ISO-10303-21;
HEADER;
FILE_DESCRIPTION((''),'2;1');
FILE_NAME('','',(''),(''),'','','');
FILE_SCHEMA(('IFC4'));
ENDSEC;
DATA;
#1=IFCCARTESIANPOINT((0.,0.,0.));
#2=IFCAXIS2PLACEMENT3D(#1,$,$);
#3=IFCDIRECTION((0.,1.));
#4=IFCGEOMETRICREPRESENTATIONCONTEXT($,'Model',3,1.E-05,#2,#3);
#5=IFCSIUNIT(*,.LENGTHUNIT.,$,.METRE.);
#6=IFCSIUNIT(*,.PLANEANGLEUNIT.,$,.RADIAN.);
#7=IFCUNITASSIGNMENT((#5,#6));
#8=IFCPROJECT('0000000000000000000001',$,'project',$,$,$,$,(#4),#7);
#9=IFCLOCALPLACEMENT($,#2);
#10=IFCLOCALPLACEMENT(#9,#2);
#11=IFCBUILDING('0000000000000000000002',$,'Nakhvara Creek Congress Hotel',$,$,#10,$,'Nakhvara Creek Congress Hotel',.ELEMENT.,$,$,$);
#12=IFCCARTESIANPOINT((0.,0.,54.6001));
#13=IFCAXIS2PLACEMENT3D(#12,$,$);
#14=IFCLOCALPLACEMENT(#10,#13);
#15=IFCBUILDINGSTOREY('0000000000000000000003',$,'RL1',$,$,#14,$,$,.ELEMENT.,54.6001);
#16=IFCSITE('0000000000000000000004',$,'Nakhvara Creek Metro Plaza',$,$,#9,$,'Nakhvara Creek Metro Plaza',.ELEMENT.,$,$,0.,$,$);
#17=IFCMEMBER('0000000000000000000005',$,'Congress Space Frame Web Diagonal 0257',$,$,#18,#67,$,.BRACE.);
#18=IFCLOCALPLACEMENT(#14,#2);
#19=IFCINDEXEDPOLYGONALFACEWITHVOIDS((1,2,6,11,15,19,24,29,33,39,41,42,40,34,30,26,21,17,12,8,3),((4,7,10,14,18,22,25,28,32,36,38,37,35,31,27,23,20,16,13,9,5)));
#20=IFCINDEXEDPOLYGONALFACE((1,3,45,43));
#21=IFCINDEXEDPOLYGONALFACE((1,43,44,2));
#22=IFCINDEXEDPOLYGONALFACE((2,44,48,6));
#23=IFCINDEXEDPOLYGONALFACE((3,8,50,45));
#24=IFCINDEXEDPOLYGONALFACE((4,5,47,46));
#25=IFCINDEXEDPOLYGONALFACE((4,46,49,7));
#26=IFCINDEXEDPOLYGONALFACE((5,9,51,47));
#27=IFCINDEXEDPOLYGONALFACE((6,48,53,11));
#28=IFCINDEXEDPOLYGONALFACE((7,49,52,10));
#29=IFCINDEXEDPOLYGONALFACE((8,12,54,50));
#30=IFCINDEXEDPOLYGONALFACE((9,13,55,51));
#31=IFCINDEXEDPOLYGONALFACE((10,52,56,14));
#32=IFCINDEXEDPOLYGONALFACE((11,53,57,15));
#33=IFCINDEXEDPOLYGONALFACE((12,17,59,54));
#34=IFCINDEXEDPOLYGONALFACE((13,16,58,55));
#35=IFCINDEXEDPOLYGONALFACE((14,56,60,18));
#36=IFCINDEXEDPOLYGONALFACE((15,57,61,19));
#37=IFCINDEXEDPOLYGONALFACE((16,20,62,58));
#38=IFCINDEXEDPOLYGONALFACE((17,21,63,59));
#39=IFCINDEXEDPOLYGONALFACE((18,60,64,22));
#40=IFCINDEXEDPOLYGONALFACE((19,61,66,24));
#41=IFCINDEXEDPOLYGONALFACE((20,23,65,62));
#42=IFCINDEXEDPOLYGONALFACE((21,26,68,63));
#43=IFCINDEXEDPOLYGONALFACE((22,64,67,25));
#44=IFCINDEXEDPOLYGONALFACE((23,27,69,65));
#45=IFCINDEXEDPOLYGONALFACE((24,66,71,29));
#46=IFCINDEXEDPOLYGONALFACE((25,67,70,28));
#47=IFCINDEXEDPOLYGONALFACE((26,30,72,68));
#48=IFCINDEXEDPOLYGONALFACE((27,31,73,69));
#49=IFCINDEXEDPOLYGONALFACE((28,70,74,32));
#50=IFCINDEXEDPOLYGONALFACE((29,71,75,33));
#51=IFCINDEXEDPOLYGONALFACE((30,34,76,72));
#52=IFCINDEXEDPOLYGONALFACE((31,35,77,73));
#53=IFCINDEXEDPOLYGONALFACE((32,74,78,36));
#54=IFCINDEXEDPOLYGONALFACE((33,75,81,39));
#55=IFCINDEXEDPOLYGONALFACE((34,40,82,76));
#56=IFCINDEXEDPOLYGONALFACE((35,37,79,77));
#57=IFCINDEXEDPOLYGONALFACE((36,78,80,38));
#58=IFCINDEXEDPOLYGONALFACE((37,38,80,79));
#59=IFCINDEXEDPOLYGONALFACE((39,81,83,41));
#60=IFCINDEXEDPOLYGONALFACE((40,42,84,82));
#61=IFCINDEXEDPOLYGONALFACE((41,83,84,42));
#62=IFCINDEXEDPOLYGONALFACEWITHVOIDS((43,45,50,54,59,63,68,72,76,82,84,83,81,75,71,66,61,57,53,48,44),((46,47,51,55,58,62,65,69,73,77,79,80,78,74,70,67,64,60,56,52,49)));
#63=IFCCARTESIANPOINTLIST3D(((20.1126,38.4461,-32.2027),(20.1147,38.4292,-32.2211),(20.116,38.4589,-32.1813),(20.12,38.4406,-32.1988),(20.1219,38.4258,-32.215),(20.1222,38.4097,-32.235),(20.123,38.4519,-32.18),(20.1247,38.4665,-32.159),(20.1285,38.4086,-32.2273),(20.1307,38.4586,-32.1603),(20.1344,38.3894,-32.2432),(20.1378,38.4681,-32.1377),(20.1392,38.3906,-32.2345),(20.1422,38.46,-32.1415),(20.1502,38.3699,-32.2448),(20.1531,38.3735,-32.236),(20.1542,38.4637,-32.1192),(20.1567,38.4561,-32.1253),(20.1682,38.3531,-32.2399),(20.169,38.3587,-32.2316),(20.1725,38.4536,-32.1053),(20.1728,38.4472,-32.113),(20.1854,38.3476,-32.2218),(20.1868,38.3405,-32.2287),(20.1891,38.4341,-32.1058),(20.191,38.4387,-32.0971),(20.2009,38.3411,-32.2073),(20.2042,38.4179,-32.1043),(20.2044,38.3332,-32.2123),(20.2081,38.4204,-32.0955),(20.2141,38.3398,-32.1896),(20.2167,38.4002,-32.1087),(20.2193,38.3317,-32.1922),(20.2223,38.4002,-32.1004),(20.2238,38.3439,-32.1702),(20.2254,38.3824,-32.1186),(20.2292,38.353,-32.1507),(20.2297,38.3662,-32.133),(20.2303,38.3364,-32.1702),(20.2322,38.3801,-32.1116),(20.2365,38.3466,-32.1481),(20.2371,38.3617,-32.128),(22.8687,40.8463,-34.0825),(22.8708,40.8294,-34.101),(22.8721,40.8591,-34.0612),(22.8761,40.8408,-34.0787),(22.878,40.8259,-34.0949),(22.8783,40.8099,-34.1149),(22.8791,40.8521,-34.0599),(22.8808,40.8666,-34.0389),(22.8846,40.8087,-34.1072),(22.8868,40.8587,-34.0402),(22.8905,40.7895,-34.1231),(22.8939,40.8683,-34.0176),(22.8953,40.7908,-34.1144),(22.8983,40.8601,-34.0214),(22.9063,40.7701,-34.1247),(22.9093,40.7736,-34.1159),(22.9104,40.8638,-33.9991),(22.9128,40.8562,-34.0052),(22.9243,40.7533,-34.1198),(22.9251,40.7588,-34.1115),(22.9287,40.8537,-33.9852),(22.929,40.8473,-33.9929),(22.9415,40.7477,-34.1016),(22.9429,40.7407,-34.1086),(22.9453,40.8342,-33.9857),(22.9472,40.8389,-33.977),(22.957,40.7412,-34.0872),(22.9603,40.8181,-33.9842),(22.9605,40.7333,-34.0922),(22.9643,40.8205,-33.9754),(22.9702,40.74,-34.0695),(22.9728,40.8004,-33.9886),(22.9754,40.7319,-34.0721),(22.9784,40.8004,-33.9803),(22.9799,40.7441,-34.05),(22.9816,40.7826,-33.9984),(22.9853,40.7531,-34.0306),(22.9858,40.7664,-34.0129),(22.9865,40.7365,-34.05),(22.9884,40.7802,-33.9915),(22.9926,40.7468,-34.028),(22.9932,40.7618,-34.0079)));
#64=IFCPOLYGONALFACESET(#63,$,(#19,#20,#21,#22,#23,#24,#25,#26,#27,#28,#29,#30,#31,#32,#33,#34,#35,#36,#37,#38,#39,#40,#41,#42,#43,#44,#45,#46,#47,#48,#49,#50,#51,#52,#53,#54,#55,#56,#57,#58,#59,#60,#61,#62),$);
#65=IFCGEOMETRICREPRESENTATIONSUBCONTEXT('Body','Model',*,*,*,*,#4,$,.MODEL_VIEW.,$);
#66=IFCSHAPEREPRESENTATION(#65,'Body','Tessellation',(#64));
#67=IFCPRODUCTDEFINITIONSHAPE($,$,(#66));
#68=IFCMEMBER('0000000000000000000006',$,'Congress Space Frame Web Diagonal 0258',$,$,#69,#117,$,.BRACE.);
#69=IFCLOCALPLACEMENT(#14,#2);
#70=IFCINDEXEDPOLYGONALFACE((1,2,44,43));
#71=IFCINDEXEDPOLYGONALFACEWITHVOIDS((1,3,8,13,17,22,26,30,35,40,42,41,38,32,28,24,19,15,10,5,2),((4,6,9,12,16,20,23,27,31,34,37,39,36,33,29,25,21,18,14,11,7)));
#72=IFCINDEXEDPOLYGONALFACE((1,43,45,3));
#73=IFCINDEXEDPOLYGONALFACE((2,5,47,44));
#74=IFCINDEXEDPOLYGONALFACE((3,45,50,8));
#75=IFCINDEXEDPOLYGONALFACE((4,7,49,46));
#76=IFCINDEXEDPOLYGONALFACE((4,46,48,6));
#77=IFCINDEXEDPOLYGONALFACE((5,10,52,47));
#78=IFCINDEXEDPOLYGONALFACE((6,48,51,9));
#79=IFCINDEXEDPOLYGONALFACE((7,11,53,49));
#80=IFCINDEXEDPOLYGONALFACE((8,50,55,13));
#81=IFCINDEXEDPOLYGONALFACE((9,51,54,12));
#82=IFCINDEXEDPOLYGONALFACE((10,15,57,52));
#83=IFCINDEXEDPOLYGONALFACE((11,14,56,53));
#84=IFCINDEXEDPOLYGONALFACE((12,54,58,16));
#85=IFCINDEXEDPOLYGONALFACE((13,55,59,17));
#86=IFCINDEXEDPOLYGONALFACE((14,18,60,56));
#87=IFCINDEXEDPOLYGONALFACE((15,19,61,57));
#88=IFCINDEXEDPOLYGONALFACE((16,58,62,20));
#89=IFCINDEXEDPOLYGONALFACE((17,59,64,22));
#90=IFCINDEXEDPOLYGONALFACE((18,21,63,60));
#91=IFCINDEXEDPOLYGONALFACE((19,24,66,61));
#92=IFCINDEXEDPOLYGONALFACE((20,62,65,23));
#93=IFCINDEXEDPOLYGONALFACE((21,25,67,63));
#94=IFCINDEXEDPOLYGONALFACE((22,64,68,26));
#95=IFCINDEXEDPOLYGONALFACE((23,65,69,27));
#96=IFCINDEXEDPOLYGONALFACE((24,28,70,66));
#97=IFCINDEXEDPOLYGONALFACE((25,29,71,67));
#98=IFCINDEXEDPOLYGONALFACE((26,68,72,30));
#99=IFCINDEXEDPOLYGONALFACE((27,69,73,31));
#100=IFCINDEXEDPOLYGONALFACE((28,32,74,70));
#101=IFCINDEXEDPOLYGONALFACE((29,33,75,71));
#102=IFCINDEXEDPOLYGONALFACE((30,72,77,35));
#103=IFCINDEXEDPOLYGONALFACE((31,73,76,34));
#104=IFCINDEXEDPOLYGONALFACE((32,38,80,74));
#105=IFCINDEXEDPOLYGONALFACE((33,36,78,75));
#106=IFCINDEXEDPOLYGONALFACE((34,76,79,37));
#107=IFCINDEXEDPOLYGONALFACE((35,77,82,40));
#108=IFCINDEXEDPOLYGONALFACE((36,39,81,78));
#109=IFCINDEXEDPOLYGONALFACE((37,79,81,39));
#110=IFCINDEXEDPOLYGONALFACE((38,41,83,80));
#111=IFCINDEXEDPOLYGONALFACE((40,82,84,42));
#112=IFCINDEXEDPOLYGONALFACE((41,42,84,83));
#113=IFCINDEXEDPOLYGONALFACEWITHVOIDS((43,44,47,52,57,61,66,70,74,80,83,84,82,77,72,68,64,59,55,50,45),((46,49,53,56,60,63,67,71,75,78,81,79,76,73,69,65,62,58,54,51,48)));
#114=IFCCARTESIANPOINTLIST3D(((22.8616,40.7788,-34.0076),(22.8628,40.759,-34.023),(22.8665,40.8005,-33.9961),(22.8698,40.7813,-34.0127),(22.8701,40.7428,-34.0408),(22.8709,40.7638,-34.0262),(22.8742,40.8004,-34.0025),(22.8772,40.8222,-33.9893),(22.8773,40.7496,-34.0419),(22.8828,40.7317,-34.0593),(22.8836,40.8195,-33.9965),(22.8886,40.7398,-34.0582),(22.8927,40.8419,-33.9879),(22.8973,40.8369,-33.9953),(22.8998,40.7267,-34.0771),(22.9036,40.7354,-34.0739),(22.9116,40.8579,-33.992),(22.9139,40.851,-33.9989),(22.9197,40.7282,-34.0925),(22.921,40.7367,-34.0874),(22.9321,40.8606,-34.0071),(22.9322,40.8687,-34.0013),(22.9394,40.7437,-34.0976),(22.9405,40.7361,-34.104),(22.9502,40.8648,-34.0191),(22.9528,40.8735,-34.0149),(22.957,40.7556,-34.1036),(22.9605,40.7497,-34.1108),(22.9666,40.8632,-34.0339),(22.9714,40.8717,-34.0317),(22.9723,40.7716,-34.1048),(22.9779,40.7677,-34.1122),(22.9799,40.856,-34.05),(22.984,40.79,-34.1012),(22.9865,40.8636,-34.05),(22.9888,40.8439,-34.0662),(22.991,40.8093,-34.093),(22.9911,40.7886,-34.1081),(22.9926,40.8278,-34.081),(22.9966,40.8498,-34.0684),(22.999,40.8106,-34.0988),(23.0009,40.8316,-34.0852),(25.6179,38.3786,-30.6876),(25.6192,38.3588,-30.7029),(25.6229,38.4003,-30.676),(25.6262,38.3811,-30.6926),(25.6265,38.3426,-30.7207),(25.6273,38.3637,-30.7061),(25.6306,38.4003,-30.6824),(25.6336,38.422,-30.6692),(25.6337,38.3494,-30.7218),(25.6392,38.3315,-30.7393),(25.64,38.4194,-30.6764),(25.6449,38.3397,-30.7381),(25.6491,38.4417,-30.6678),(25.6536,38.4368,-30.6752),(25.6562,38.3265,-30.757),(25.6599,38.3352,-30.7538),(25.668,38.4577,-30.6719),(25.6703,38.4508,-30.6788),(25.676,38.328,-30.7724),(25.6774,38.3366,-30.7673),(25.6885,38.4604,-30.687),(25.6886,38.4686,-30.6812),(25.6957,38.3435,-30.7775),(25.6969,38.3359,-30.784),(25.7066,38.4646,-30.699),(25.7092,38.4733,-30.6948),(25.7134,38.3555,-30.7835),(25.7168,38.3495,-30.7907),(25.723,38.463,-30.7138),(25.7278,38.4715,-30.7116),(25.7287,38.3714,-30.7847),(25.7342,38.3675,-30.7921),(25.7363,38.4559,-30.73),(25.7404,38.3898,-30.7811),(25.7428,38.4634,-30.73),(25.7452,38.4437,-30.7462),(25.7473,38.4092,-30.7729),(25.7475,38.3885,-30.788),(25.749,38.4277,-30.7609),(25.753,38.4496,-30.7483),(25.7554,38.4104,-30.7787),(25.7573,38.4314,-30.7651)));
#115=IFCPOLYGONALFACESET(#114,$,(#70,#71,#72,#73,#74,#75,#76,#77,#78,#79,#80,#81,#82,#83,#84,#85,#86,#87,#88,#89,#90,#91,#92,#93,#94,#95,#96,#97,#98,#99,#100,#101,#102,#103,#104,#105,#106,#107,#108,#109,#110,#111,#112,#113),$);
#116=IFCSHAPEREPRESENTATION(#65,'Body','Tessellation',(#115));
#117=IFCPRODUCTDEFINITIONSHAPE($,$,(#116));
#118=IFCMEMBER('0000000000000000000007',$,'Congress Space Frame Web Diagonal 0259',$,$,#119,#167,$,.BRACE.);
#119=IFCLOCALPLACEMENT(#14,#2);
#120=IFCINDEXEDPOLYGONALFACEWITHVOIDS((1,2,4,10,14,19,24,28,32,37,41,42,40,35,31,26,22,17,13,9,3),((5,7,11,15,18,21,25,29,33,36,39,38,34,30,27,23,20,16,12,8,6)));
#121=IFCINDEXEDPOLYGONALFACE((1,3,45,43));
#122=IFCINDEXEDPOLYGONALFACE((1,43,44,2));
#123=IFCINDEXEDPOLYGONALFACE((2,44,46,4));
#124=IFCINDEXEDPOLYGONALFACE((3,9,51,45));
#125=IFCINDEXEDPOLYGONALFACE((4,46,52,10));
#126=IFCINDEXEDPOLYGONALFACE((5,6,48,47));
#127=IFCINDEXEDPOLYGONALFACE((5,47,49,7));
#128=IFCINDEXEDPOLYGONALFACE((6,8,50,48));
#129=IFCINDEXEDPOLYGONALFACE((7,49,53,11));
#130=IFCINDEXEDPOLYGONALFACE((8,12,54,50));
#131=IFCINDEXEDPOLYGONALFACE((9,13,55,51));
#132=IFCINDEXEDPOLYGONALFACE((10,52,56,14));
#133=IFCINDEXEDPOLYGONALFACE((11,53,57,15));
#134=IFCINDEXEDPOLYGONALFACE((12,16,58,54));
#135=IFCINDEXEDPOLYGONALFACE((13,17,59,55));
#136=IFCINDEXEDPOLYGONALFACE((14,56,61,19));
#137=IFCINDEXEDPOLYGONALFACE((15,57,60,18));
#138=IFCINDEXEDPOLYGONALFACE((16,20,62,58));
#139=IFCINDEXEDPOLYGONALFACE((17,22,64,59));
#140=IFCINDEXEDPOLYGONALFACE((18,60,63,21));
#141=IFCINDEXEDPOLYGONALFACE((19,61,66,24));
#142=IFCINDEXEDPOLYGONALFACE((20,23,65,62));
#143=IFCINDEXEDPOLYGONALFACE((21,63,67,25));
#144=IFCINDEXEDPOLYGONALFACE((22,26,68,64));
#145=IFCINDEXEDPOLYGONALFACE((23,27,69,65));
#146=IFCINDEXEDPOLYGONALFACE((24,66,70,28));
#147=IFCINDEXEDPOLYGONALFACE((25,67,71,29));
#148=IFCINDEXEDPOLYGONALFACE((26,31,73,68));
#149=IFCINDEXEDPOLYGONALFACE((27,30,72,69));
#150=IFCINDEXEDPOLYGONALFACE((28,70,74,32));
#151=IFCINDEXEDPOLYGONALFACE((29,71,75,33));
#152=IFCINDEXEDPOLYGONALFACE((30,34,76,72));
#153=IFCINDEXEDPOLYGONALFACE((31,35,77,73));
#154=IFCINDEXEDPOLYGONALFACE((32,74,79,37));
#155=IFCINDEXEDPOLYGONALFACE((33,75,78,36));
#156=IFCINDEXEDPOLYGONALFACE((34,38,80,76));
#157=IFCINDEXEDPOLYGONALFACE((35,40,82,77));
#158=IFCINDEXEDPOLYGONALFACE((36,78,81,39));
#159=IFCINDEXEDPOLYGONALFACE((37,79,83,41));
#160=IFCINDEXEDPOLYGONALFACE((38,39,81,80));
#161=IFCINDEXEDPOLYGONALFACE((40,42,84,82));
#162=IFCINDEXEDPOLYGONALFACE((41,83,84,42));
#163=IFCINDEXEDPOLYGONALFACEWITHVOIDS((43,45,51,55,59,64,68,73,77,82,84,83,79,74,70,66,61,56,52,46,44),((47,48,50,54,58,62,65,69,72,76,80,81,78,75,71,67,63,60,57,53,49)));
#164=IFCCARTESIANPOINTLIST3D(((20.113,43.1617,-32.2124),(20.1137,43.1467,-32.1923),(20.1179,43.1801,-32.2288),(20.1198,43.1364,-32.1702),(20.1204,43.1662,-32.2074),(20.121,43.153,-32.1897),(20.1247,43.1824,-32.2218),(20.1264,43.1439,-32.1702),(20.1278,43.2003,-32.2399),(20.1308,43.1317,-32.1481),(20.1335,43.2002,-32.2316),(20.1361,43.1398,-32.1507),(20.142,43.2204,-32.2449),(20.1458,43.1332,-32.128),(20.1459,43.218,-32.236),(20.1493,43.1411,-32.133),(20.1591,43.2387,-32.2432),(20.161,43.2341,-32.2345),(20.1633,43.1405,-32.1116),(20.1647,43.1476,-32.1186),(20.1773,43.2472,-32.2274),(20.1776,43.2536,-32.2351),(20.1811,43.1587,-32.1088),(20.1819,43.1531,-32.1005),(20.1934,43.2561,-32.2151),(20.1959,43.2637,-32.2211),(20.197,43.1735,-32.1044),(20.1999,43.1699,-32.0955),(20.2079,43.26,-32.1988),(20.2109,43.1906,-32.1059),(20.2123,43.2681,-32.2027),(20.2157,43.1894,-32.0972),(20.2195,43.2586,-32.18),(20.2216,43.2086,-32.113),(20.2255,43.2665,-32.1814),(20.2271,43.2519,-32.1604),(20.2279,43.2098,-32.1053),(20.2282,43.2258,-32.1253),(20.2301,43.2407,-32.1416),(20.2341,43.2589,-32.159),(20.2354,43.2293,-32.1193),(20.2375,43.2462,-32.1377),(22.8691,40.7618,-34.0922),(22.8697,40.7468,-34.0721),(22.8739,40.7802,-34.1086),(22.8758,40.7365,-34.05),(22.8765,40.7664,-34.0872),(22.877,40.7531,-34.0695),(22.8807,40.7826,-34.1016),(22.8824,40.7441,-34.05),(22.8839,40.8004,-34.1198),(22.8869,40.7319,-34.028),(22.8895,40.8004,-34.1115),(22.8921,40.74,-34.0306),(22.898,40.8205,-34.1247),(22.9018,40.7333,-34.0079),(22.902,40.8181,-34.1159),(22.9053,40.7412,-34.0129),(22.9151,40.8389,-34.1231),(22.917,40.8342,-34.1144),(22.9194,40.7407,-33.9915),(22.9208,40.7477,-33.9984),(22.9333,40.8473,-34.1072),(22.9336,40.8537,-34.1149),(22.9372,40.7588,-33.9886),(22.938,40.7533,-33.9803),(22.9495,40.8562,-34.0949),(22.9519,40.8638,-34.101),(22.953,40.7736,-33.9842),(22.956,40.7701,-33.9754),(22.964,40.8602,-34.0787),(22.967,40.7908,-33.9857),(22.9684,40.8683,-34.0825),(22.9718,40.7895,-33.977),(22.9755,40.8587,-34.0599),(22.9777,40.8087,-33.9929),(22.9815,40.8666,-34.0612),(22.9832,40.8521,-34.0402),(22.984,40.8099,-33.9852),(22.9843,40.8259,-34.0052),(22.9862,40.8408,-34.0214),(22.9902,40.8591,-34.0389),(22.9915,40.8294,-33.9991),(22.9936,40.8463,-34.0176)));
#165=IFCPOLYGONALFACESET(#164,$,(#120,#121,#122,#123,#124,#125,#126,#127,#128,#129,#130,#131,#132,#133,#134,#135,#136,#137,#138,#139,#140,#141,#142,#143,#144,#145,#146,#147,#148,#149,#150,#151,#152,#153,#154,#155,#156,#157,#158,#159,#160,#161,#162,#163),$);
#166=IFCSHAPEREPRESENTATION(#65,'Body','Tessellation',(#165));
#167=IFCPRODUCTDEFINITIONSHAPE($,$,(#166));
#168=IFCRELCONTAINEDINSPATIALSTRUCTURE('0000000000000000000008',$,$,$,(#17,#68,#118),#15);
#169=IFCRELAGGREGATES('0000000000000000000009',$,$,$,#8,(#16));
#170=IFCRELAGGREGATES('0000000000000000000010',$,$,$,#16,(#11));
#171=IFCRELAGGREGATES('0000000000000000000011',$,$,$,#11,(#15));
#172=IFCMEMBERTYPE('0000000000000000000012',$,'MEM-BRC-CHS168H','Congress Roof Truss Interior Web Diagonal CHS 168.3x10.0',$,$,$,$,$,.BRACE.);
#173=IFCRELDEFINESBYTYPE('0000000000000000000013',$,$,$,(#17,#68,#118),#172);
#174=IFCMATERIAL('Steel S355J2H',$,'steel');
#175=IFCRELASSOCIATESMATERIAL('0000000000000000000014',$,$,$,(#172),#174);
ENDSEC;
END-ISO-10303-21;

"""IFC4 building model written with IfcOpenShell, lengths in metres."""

from ifc_helpers import new_model, si_unit, direction, frame, origin, origin_2d, place, context, subcontext, project, spatial, hollow_circle, extrude, material, material_profile, profile_set, type_object, element, save


model = new_model("IFC4")

# Units and contexts
model_context = context("Model", 3, precision=1e-05, world=origin(), true_north=direction((0.0, 1.0)))
body_context = subcontext(model_context, "Body", "Model", "MODEL_VIEW")
ifc_project = project(units=[si_unit("LENGTHUNIT", "METRE"), si_unit("PLANEANGLEUNIT", "RADIAN")], contexts=[model_context])

# Site, building, storey
site_placement = place(None, origin())
site = spatial("IfcSite", under=ifc_project, at=site_placement, Name="Nakhvara Creek Metro Plaza", LongName="Nakhvara Creek Metro Plaza", CompositionType="ELEMENT", RefElevation=0.0)
building_placement = place(site_placement, origin())
building = spatial("IfcBuilding", under=site, at=building_placement, Name="Nakhvara Creek Congress Hotel", LongName="Nakhvara Creek Congress Hotel", CompositionType="ELEMENT")
storey_placement = place(building_placement, frame((0.0, 0.0, 54.6001)))
storey = spatial("IfcBuildingStorey", under=building, at=storey_placement, Name="RL1", CompositionType="ELEMENT", Elevation=54.6001)

# Members
ifc_material_1 = material(Name="Steel S355J2H", Category="steel")
ifc_material_profile_1 = material_profile(ifc_material_1, hollow_circle(Radius=0.0842, WallThickness=0.01, at=origin_2d()), Name="CHS 168.3x10.0", Category="LoadBearing")
ifc_profile_set_1 = profile_set([ifc_material_profile_1], Name="Steel S355J2H")
member_type_1 = type_object("IfcMemberType", Name="MEM-BRC-CHS168H", Description="Congress Roof Truss Interior Web Diagonal CHS 168.3x10.0", PredefinedType="BRACE", material=ifc_profile_set_1)
member_1_placement = place(storey_placement, frame((22.9312, 40.8, -34.05), z_axis=(-0.670611, -0.584, 0.45741), x_axis=(0.656729, -0.754126, 0.0)))
element("IfcMember", 1, at=member_1_placement, inside=storey, type_object=member_type_1, Name="Congress Space Frame Web Diagonal 0257", PredefinedType="BRACE", context=body_context, shape_type="SweptSolid", body=[
    extrude(hollow_circle(Radius=0.0842, WallThickness=0.01, at=origin_2d()), origin(), (0.0, 0.0, 1.0), 4.1099),
])
member_2_placement = place(storey_placement, frame((22.9312, 40.8, -34.05), z_axis=(0.558224, -0.486085, 0.67239), x_axis=(0.656696, 0.754155, 0.0)))
element("IfcMember", 2, at=member_2_placement, inside=storey, type_object=member_type_1, Name="Congress Space Frame Web Diagonal 0258", PredefinedType="BRACE", context=body_context, shape_type="SweptSolid", body=[
    extrude(hollow_circle(Radius=0.0842, WallThickness=0.01, at=origin_2d()), origin(), (0.0, 0.0, 1.0), 4.9377),
])
member_3_placement = place(storey_placement, frame((22.9312, 40.8, -34.05), z_axis=(-0.670634, 0.583961, 0.457426), x_axis=(-0.656691, -0.75416, 0.0)))
element("IfcMember", 3, at=member_3_placement, inside=storey, type_object=member_type_1, Name="Congress Space Frame Web Diagonal 0259", PredefinedType="BRACE", context=body_context, shape_type="SweptSolid", body=[
    extrude(hollow_circle(Radius=0.0842, WallThickness=0.01, at=origin_2d()), origin(), (0.0, 0.0, 1.0), 4.1096),
])

save(model, "model.ifc")
